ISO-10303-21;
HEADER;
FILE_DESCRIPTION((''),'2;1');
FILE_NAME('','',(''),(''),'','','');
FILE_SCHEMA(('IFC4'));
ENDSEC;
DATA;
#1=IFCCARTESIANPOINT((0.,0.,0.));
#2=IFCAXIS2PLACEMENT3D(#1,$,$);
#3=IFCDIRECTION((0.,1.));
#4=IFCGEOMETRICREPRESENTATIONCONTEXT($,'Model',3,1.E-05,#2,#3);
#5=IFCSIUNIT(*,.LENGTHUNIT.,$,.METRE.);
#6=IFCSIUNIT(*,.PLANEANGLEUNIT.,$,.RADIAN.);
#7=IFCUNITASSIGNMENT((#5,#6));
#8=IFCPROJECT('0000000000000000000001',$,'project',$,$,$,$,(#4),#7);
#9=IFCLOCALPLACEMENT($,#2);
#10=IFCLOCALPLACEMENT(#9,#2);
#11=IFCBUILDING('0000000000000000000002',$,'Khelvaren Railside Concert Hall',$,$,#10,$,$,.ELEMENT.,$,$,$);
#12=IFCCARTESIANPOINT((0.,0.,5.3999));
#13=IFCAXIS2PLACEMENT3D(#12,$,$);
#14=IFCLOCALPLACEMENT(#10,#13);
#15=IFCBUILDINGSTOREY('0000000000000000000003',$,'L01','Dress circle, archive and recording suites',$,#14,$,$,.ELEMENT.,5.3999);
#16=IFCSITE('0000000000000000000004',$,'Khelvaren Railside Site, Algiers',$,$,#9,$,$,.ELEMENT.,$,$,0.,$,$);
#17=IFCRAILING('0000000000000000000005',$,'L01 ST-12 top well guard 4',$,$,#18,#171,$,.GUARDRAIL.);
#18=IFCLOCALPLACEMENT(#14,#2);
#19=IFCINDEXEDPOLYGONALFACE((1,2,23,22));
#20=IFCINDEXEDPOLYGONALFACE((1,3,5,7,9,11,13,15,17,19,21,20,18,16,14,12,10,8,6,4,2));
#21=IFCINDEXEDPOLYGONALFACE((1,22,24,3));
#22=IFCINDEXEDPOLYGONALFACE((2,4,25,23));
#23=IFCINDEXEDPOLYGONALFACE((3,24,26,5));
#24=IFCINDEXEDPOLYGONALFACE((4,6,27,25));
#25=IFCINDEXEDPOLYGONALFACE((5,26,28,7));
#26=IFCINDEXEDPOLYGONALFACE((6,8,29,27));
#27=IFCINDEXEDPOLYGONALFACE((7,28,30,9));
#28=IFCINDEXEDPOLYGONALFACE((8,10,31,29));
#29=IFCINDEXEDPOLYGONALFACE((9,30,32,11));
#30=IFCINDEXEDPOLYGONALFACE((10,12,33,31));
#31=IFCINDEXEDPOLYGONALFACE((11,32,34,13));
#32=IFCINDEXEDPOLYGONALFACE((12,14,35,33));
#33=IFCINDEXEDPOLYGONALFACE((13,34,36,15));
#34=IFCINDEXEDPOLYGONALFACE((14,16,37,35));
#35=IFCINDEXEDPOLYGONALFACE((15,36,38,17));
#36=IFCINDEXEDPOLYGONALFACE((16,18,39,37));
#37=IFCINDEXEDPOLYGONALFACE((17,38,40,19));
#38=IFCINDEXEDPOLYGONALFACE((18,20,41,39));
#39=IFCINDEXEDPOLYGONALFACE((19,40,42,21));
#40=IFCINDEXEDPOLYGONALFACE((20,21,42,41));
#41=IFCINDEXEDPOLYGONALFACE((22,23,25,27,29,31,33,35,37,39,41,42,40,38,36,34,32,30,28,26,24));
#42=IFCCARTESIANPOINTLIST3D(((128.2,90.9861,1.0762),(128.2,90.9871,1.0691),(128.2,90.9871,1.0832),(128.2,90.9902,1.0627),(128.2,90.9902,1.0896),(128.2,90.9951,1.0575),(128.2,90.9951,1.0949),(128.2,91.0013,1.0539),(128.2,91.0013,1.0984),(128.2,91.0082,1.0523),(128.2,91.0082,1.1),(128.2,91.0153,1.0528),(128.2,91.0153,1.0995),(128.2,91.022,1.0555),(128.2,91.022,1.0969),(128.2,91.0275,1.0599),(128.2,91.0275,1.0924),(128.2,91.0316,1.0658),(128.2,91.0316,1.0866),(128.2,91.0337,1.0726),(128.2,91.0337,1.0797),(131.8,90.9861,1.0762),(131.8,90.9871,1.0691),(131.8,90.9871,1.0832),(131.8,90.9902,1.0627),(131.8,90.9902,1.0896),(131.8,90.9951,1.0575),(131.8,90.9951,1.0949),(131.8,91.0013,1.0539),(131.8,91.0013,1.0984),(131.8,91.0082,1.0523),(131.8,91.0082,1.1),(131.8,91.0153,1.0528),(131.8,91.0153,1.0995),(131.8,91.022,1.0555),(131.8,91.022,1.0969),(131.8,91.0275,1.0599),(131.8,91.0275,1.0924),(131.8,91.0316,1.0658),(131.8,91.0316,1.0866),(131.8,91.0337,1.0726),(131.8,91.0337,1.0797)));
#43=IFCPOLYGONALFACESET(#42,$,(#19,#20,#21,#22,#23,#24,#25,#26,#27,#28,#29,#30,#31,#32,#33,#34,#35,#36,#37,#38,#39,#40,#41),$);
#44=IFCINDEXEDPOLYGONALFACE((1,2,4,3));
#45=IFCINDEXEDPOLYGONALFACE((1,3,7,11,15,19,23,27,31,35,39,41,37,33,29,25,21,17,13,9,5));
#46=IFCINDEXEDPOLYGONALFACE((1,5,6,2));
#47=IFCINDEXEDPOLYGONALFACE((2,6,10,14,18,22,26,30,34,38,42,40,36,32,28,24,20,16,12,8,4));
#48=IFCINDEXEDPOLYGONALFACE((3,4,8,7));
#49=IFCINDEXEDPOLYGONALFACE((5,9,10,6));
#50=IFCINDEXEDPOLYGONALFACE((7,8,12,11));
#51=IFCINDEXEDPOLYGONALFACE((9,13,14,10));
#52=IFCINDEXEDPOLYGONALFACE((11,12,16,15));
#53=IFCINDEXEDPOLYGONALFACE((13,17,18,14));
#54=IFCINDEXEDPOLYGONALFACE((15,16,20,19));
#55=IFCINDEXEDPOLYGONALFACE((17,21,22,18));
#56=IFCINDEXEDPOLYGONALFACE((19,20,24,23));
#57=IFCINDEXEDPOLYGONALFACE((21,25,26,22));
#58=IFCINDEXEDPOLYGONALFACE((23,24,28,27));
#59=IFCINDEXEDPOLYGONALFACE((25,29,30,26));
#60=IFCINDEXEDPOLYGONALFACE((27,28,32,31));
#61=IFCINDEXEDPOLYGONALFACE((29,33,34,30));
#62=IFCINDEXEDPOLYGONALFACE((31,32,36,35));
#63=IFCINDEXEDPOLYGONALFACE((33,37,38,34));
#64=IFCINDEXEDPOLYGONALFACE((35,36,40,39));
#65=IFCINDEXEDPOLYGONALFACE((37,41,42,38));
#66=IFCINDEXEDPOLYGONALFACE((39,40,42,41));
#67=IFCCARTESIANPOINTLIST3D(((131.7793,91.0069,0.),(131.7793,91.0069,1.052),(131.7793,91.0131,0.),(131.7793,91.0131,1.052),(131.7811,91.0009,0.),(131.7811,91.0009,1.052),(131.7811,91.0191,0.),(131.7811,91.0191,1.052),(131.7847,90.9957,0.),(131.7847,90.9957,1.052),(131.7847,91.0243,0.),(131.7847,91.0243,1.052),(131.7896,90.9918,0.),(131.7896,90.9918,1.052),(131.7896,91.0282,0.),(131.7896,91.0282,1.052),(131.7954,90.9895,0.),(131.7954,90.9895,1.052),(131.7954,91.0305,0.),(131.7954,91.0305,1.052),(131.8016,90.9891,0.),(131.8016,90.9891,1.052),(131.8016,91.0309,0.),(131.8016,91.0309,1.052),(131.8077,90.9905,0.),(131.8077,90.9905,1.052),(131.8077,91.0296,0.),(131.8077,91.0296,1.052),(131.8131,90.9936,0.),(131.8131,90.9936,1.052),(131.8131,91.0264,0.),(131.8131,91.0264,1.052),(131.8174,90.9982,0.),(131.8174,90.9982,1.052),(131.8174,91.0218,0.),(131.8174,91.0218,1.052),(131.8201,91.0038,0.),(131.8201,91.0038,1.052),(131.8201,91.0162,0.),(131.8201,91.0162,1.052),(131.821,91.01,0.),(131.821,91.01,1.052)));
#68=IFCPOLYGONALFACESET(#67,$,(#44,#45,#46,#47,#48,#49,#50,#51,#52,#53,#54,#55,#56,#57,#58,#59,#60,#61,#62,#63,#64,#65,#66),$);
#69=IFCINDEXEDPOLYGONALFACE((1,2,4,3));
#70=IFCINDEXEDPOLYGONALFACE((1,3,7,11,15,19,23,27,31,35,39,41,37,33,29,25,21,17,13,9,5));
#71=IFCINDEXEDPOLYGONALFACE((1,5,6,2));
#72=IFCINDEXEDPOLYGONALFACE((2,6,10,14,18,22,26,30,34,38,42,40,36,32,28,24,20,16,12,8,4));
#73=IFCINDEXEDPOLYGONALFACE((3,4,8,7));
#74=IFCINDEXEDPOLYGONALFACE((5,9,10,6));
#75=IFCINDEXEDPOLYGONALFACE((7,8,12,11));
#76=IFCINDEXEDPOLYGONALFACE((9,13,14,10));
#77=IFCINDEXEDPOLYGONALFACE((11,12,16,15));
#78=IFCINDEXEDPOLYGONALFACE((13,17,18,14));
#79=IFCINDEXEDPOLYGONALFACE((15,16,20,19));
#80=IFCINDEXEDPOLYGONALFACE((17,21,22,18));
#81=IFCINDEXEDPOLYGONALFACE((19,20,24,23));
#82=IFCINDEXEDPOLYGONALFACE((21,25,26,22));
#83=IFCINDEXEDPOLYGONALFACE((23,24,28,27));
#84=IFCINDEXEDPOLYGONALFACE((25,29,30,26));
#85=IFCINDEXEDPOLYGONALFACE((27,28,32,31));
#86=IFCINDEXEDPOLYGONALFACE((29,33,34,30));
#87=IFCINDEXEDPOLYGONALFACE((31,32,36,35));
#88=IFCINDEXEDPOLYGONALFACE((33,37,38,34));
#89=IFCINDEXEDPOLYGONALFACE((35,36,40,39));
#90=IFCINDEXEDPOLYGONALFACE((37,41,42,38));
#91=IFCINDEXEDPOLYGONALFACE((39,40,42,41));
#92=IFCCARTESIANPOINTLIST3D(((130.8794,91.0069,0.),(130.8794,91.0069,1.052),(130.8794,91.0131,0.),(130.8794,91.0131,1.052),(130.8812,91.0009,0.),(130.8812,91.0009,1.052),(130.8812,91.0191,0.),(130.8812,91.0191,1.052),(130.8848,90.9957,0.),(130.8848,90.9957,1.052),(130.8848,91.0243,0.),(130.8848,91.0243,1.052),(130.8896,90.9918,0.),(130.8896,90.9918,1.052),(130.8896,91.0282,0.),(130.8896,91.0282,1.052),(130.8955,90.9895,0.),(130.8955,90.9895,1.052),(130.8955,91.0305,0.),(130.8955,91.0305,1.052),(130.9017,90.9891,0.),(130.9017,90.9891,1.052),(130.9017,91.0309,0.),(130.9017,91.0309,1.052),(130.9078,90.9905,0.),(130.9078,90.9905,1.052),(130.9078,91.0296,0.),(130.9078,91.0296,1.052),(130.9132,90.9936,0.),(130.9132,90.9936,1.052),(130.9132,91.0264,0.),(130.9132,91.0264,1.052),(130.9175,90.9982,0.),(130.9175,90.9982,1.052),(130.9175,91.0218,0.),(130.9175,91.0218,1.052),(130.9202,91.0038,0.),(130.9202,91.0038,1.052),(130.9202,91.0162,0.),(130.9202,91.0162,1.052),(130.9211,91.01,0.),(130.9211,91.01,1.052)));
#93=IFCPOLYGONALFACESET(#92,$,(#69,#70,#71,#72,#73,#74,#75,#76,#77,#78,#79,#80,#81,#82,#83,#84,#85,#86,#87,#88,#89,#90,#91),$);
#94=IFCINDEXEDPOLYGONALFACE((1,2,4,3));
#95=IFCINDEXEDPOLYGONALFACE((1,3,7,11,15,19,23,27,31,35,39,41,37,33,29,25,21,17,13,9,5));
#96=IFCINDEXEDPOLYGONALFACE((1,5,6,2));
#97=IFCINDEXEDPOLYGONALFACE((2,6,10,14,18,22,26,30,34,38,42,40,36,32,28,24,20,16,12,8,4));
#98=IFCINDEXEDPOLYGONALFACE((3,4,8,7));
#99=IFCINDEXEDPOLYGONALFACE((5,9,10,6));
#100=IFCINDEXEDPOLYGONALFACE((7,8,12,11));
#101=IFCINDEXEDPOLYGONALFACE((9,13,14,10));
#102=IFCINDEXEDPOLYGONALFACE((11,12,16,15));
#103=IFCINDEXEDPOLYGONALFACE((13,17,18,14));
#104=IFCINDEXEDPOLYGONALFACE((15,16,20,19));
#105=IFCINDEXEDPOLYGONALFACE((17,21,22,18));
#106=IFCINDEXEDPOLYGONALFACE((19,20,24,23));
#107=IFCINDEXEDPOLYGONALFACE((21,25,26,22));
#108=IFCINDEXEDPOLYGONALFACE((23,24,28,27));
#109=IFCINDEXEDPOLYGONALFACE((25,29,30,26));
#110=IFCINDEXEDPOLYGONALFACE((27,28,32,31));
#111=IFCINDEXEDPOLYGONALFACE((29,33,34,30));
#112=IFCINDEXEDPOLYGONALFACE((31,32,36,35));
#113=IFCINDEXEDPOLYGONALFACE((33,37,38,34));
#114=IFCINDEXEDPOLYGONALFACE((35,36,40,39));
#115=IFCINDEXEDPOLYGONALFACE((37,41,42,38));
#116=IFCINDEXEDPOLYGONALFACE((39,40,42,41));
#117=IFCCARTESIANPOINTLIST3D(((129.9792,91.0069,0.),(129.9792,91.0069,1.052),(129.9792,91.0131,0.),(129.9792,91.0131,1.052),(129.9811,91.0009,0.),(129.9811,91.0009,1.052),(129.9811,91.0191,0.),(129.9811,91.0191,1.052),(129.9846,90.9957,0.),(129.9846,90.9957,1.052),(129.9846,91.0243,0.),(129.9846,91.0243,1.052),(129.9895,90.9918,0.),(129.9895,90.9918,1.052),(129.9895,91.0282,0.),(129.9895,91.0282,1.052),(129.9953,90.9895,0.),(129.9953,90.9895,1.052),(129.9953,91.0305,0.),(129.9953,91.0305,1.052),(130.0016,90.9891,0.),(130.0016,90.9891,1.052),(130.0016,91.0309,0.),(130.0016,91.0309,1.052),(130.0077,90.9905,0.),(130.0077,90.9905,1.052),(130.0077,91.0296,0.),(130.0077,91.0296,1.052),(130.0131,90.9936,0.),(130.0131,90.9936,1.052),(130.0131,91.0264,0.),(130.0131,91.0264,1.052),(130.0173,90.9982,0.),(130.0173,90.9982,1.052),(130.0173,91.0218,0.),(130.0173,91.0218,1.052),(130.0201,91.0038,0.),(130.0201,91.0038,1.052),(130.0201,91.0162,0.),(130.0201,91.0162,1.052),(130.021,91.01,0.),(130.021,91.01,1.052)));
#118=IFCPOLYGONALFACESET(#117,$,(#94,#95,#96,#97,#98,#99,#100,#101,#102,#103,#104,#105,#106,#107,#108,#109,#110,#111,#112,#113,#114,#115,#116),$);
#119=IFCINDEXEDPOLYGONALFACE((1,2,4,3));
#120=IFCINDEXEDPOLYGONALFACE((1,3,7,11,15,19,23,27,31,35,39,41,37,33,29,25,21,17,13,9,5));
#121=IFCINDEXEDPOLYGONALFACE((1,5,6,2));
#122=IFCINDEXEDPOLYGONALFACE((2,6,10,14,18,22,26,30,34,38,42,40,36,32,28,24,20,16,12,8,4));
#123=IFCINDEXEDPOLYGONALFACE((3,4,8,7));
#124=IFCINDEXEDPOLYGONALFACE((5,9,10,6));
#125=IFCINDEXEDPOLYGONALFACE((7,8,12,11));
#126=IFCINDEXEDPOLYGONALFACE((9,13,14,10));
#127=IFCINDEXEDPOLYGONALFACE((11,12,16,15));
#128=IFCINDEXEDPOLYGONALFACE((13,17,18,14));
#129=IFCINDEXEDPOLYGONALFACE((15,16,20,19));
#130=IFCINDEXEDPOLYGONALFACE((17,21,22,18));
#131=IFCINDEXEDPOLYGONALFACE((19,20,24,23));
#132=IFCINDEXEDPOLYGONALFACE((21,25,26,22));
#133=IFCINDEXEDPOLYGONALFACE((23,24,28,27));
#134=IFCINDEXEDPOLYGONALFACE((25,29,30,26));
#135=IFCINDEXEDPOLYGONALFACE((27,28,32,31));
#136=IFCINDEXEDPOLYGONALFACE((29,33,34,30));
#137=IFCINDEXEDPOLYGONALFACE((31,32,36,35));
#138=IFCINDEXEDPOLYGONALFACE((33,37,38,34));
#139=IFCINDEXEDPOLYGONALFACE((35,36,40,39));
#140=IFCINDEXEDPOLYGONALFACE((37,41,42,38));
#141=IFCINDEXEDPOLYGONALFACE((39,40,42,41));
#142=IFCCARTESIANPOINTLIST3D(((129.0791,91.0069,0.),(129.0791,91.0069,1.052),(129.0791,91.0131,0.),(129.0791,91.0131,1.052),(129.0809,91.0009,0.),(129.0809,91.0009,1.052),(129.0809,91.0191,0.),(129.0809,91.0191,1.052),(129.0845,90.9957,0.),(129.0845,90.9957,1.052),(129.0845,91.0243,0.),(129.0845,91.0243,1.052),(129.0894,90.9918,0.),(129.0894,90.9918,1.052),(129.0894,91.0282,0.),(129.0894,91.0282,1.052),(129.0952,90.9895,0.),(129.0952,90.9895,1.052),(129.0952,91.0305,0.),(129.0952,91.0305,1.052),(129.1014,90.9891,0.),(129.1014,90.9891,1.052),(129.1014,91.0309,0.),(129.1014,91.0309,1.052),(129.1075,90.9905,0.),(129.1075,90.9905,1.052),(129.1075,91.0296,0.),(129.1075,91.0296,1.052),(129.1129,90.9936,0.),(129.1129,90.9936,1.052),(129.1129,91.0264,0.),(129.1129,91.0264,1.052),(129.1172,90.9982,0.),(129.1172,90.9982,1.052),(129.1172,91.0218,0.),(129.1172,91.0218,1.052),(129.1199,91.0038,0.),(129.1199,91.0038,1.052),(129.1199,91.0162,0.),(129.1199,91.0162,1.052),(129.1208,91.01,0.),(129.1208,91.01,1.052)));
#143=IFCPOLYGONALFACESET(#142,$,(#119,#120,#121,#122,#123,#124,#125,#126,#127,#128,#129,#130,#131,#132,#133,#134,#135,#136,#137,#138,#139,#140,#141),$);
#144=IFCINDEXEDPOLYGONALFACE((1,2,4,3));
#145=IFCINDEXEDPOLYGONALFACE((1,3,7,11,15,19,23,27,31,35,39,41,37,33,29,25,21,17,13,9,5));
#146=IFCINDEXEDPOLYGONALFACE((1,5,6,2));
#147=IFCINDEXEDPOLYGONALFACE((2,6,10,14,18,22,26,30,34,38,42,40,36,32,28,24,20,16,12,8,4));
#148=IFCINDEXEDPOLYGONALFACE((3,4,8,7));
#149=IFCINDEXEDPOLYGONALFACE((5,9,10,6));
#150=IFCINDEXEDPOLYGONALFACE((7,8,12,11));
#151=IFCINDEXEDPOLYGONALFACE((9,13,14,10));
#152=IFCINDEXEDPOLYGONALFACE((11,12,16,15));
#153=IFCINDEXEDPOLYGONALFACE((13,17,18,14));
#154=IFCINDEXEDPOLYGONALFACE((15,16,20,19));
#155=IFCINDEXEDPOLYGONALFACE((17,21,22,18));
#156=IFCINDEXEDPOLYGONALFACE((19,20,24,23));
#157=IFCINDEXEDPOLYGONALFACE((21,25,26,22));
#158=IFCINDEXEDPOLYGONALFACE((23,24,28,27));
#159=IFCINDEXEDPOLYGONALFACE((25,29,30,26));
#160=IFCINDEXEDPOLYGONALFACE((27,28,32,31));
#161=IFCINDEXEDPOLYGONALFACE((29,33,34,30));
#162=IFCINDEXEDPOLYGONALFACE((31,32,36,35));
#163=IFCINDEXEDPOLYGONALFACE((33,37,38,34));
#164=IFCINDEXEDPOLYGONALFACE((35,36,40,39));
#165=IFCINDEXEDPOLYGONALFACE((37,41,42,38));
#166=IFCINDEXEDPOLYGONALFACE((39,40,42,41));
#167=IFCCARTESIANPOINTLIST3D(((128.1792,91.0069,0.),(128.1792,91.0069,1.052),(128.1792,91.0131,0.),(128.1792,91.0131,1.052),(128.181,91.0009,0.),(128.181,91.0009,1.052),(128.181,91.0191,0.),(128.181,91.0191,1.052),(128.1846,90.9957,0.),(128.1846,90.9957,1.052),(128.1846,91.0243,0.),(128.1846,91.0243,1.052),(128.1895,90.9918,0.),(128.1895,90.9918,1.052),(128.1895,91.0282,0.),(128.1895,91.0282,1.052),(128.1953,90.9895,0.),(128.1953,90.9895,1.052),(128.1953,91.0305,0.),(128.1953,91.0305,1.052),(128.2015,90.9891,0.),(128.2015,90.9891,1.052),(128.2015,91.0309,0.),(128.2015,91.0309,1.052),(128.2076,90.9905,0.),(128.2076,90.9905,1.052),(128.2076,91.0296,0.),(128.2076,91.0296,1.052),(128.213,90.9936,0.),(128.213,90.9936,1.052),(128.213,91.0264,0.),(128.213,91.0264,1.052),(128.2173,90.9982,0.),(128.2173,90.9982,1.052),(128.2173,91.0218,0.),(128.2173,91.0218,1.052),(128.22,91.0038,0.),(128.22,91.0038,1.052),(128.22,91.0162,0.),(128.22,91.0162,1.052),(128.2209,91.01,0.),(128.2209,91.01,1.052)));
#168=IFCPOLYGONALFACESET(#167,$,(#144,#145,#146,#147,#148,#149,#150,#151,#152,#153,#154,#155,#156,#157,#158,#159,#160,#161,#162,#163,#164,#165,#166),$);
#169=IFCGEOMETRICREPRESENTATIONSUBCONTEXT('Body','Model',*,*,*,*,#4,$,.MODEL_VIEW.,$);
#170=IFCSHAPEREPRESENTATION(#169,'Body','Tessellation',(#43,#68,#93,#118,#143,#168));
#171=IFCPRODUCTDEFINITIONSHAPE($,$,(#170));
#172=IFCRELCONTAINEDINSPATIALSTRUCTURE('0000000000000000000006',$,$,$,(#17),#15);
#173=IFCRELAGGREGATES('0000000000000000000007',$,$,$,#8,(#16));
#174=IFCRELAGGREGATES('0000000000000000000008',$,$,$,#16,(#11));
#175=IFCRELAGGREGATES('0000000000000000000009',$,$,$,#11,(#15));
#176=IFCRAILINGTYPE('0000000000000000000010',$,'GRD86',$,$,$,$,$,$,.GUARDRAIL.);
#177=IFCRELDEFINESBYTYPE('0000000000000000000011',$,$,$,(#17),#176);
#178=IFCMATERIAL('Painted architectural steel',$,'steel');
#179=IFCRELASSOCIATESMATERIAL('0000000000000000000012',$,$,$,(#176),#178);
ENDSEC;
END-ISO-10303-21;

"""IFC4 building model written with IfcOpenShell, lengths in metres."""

from ifc_helpers import new_model, si_unit, direction, frame, origin, origin_2d, place, context, subcontext, project, spatial, circle, extrude, material, type_object, element, save


model = new_model("IFC4")

# Units and contexts
model_context = context("Model", 3, precision=1e-05, world=origin(), true_north=direction((0.0, 1.0)))
body_context = subcontext(model_context, "Body", "Model", "MODEL_VIEW")
ifc_project = project(units=[si_unit("LENGTHUNIT", "METRE"), si_unit("PLANEANGLEUNIT", "RADIAN")], contexts=[model_context])

# Site, building, storey
site_placement = place(None, origin())
site = spatial("IfcSite", under=ifc_project, at=site_placement, Name="Khelvaren Railside Site, Algiers", CompositionType="ELEMENT", RefElevation=0.0)
building_placement = place(site_placement, origin())
building = spatial("IfcBuilding", under=site, at=building_placement, Name="Khelvaren Railside Concert Hall", CompositionType="ELEMENT")
storey_placement = place(building_placement, frame((0.0, 0.0, 5.3999)))
storey = spatial("IfcBuildingStorey", under=building, at=storey_placement, Name="L01", Description="Dress circle, archive and recording suites", CompositionType="ELEMENT", Elevation=5.3999)

# Railing
ifc_material_1 = material(Name="Painted architectural steel", Category="steel")
railing_type = type_object("IfcRailingType", Name="GRD86", PredefinedType="GUARDRAIL", material=ifc_material_1)
railing_1_placement = place(storey_placement, frame((131.8, 91.01, 0.0)))
element("IfcRailing", 1, at=railing_1_placement, inside=storey, type_object=railing_type, Name="L01 ST-12 top well guard 4", PredefinedType="GUARDRAIL", context=body_context, shape_type="SweptSolid", body=[
    extrude(circle(Radius=0.0239, at=origin_2d()), frame((0.0, 0.0, 1.0762), z_axis=(-1.0, 0.0, 0.0), x_axis=(0.0, -1.0, 0.0)), (0.0, 0.0, 1.0), 3.6001),
    extrude(circle(Radius=0.021, at=origin_2d()), origin(), (0.0, 0.0, 1.0), 1.052),
    extrude(circle(Radius=0.021, at=origin_2d()), frame((-0.8999, 0.0, 0.0)), (0.0, 0.0, 1.0), 1.052),
    extrude(circle(Radius=0.021, at=origin_2d()), frame((-1.8, 0.0, 0.0)), (0.0, 0.0, 1.0), 1.052),
    extrude(circle(Radius=0.021, at=origin_2d()), frame((-2.7002, 0.0, 0.0)), (0.0, 0.0, 1.0), 1.052),
    extrude(circle(Radius=0.021, at=origin_2d()), frame((-3.6001, 0.0, 0.0)), (0.0, 0.0, 1.0), 1.052),
])

save(model, "model.ifc")
